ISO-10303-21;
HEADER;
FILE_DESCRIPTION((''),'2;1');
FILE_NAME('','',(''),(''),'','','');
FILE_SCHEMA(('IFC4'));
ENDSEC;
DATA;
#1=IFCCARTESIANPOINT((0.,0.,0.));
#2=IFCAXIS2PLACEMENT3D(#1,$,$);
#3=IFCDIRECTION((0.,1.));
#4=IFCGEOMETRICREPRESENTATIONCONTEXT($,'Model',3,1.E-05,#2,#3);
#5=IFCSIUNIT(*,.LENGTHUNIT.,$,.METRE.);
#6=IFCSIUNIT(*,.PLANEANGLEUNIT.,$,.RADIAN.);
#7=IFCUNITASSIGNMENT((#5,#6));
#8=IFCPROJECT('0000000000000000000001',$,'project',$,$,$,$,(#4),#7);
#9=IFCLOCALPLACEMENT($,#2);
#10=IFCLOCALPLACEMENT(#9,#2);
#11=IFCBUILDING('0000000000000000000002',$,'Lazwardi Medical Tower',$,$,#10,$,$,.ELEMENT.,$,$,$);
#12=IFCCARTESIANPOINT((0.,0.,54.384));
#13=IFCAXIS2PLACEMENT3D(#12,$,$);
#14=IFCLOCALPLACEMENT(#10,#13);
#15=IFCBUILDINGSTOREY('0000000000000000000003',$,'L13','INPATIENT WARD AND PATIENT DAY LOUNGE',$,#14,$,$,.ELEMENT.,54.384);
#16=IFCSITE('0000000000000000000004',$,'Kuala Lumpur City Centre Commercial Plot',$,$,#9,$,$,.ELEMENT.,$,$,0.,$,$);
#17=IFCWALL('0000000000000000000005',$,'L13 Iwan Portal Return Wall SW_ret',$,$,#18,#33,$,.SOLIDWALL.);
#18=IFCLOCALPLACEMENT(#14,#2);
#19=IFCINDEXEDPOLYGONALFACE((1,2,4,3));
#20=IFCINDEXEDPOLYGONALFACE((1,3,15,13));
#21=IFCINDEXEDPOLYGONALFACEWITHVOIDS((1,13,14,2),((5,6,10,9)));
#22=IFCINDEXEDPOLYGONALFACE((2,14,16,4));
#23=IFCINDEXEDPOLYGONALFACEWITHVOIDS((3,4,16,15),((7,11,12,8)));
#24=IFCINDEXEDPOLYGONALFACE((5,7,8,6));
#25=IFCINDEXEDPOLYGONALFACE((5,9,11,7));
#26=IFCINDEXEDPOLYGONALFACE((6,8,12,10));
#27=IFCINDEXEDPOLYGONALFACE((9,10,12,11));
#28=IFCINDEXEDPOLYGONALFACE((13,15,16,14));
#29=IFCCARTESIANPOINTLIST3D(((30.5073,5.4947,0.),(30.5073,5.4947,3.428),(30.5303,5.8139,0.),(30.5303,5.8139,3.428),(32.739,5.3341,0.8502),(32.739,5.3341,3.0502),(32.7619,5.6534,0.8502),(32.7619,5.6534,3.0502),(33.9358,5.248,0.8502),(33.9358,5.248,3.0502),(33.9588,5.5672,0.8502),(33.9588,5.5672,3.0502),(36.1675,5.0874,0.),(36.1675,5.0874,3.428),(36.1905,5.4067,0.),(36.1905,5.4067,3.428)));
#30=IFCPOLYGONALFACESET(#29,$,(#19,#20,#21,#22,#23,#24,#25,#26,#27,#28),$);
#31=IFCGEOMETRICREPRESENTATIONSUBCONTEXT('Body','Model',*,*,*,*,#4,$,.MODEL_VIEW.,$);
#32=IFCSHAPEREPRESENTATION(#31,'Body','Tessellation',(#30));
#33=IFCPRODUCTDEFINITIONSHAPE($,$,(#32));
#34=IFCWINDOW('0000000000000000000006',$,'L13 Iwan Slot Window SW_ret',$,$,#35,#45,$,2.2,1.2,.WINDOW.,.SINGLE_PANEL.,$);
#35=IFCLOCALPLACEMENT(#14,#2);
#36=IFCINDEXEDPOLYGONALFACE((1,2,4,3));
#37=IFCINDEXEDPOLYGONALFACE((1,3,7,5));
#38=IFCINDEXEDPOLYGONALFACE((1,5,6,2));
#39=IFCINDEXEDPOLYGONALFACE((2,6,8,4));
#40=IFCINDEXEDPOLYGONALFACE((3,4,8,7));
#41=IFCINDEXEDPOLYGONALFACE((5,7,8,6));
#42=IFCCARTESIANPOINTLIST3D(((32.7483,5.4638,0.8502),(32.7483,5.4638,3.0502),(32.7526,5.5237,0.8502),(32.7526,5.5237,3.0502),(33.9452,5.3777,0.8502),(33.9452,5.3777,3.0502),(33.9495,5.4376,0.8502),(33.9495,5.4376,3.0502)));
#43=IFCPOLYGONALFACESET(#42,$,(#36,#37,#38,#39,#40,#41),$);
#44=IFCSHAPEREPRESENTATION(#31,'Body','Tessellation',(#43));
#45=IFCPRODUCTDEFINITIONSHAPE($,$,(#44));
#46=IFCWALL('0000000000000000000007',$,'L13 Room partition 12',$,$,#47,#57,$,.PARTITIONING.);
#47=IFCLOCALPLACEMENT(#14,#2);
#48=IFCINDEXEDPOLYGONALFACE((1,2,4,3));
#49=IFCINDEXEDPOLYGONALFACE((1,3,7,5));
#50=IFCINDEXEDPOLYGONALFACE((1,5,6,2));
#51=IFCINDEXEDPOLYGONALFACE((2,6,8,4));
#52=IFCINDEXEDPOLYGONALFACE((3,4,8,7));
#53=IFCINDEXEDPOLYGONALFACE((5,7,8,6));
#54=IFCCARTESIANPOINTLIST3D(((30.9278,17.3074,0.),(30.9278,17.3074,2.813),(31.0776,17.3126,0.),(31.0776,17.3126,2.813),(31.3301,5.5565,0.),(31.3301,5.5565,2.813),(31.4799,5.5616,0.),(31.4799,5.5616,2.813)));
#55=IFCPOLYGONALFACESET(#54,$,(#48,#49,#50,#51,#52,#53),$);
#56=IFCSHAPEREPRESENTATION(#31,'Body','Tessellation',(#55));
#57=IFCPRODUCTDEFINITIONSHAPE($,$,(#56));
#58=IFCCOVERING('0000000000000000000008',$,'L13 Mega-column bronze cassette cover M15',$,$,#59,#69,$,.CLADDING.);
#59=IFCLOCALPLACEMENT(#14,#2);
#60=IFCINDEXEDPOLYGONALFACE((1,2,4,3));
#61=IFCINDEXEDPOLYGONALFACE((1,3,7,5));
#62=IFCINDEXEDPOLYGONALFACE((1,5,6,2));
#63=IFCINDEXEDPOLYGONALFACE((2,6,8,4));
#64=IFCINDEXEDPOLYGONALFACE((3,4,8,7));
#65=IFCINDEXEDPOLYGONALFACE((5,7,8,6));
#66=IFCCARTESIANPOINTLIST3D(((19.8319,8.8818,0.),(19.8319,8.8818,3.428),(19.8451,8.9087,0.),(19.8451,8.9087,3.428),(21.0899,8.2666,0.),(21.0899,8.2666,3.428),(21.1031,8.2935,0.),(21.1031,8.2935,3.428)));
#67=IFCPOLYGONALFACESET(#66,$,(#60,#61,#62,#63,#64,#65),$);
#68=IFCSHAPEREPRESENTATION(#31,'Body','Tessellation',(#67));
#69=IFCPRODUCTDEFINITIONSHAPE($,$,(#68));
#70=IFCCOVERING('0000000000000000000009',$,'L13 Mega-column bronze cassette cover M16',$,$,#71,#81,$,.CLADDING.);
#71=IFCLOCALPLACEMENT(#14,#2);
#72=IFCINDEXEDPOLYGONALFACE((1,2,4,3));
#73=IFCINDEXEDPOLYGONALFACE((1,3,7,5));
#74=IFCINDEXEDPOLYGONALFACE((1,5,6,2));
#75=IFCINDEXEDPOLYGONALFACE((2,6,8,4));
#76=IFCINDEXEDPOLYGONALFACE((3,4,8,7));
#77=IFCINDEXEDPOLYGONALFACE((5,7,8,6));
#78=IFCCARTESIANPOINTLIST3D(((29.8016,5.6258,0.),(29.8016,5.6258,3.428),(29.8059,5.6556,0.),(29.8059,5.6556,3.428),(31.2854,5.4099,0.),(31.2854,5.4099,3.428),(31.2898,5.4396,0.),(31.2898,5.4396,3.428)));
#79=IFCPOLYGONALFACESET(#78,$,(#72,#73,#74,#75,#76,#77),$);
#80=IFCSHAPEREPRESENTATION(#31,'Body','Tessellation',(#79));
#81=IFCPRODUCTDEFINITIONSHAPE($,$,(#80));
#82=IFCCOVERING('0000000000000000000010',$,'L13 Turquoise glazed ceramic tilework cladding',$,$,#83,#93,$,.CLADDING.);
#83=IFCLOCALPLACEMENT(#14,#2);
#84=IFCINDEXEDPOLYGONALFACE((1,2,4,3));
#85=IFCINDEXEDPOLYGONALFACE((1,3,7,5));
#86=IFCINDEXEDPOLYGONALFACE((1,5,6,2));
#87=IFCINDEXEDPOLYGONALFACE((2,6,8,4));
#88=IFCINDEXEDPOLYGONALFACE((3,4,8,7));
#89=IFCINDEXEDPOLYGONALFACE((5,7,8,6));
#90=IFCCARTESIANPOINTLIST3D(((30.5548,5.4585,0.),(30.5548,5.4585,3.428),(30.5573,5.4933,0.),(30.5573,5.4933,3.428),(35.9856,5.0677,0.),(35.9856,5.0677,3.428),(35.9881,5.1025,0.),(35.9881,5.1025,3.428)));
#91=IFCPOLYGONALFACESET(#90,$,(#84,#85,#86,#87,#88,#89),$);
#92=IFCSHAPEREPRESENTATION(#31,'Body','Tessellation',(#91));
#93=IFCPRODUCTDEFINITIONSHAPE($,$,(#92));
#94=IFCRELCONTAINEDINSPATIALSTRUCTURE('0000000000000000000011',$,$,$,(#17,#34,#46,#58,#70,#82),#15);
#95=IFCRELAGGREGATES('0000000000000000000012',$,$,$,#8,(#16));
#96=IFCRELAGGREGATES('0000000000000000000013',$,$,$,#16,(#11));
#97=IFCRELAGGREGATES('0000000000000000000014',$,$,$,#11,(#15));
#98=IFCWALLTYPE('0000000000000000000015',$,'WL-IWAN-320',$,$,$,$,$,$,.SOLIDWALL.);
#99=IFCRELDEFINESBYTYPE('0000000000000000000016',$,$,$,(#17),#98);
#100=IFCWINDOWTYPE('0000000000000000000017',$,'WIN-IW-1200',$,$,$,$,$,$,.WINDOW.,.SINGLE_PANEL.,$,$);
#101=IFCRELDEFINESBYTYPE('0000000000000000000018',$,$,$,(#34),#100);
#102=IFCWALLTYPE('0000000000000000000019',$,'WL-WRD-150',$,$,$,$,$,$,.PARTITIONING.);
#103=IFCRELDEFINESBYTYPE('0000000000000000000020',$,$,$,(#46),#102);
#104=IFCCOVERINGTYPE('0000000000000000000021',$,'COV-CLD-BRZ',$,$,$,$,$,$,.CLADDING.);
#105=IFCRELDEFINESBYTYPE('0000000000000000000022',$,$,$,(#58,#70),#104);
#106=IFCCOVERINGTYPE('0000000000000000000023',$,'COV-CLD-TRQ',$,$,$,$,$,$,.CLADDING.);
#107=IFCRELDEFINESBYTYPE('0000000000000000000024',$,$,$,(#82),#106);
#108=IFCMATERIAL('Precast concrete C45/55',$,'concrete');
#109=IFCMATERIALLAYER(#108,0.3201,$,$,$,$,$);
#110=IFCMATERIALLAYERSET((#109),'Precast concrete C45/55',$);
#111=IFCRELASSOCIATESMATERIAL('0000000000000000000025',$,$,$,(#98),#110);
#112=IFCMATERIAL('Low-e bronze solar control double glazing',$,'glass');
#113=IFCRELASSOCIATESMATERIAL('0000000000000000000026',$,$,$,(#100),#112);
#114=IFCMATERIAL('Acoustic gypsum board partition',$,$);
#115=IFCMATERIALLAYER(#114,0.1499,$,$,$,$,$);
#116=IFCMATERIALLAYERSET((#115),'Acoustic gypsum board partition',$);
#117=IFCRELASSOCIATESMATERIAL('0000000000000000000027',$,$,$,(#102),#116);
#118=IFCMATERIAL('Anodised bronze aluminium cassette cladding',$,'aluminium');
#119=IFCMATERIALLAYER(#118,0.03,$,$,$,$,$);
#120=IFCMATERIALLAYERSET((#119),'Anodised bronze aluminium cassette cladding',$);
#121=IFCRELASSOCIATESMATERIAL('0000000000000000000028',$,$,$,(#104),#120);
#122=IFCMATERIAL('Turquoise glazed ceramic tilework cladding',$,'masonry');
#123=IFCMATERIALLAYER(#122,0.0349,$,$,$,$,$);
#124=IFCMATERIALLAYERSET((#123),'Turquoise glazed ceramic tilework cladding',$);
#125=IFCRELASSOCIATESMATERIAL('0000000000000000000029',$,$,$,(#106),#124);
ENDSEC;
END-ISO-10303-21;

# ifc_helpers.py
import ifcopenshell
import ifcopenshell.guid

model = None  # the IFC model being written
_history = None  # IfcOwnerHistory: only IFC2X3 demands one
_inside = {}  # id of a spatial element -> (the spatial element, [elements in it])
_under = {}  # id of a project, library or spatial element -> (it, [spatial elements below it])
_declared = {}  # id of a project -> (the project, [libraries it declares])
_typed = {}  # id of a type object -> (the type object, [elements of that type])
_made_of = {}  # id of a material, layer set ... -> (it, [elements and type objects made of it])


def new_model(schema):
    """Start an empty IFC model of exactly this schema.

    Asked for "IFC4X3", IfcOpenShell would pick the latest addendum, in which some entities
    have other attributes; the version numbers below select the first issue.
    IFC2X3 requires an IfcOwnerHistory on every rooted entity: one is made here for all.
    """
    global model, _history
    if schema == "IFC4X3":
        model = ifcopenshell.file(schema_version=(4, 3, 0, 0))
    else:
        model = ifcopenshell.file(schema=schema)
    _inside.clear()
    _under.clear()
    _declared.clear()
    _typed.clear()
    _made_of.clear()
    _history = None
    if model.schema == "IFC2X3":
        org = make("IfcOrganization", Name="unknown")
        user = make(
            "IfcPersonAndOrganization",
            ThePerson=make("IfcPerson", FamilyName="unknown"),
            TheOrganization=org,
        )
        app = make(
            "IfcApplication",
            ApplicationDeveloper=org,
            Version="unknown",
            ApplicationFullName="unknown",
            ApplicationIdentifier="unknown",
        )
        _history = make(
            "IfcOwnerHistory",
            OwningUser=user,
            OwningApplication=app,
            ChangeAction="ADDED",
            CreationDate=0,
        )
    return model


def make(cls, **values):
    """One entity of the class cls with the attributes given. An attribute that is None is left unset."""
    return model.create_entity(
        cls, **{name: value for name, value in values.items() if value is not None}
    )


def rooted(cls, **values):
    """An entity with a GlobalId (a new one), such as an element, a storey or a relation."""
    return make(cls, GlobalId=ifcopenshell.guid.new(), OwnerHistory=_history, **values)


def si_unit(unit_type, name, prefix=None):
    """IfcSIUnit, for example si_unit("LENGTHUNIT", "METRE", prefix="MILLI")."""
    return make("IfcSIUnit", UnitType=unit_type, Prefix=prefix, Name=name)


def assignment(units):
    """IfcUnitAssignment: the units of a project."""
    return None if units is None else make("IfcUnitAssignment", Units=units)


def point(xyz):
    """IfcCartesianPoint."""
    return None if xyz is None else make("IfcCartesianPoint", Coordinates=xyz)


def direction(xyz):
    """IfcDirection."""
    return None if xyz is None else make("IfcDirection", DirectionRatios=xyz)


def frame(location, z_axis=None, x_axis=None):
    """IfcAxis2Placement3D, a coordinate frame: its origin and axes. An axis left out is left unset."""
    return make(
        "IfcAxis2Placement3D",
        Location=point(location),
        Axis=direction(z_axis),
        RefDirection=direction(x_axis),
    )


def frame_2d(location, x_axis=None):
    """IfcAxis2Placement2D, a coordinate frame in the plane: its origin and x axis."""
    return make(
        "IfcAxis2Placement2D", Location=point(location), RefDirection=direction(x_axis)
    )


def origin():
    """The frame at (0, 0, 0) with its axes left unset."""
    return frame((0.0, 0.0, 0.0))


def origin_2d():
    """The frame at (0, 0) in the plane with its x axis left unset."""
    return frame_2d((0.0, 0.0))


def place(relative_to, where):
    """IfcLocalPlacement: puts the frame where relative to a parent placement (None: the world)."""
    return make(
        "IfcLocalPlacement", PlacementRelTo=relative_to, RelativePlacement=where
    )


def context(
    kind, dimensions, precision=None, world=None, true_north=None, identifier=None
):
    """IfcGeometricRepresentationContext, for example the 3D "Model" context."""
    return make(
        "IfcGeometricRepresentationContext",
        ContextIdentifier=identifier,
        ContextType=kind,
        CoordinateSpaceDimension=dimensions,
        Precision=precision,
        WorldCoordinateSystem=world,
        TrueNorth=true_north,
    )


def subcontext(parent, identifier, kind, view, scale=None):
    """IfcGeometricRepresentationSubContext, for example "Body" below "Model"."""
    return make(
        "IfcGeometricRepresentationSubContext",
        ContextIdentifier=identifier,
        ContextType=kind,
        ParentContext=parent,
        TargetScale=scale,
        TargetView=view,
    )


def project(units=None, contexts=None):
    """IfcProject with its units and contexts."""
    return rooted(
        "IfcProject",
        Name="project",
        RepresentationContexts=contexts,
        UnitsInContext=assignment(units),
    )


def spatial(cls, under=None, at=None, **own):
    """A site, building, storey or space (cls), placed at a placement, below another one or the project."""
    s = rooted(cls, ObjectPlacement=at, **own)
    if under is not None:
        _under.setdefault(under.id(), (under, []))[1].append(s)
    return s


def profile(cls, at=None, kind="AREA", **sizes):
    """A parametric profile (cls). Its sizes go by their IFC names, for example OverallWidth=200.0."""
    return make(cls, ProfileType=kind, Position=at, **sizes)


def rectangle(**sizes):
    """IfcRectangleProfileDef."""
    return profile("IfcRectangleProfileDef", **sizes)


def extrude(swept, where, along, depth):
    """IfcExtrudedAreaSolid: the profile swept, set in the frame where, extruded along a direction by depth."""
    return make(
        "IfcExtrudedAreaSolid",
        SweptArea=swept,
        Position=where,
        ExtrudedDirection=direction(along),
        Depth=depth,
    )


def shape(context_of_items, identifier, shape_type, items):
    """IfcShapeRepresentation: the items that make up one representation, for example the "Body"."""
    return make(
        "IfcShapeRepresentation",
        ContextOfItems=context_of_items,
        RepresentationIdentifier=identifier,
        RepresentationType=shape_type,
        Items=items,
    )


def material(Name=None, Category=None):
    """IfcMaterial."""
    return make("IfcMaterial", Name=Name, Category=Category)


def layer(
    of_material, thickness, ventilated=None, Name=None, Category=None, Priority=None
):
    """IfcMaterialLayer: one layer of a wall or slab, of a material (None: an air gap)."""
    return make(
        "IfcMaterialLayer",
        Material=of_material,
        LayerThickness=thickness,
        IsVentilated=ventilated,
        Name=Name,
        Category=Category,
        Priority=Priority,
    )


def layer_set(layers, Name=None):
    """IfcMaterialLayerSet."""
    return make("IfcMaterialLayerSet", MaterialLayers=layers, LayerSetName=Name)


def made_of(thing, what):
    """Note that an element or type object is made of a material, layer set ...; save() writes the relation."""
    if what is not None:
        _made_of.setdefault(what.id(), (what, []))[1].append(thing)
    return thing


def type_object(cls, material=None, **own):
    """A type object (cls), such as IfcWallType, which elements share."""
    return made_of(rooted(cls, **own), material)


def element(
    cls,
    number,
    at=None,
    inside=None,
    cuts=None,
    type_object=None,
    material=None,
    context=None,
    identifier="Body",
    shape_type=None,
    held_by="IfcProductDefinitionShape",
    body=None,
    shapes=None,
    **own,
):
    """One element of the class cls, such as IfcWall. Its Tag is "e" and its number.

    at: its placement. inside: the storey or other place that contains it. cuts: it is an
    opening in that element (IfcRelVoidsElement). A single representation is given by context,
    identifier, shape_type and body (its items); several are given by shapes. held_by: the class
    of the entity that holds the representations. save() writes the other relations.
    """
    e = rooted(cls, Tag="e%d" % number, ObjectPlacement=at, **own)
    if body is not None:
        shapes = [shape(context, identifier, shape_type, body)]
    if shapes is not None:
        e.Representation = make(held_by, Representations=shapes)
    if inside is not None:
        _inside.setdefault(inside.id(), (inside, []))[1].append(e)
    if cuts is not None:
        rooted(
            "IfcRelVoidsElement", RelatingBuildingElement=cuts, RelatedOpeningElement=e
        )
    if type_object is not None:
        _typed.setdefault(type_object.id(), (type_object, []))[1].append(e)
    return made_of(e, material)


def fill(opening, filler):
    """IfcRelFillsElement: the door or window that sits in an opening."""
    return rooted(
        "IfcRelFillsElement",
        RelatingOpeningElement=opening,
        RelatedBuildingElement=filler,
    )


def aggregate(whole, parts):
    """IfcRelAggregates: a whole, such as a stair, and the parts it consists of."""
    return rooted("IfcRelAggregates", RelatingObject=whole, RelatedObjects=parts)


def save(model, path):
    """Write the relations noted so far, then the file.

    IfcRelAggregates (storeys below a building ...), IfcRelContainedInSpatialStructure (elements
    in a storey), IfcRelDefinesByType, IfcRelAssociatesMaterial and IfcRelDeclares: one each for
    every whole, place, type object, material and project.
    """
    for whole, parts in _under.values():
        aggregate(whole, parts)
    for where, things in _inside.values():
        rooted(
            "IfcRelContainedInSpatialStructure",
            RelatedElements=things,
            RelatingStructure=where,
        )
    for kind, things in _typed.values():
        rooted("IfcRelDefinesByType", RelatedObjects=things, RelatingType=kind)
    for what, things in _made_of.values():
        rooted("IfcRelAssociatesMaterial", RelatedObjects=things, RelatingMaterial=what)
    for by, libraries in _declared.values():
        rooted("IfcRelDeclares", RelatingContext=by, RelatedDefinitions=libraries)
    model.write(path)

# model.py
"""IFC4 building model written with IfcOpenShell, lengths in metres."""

from ifc_helpers import new_model, si_unit, direction, frame, frame_2d, origin, origin_2d, place, context, subcontext, project, spatial, rectangle, extrude, material, layer, layer_set, type_object, element, fill, save


model = new_model("IFC4")

# Units and contexts
model_context = context("Model", 3, precision=1e-05, world=origin(), true_north=direction((0.0, 1.0)))
body_context = subcontext(model_context, "Body", "Model", "MODEL_VIEW")
ifc_project = project(units=[si_unit("LENGTHUNIT", "METRE"), si_unit("PLANEANGLEUNIT", "RADIAN")], contexts=[model_context])

# Site, building, storey
site_placement = place(None, origin())
site = spatial("IfcSite", under=ifc_project, at=site_placement, Name="Kuala Lumpur City Centre Commercial Plot", CompositionType="ELEMENT", RefElevation=0.0)
building_placement = place(site_placement, origin())
building = spatial("IfcBuilding", under=site, at=building_placement, Name="Lazwardi Medical Tower", CompositionType="ELEMENT")
storey_placement = place(building_placement, frame((0.0, 0.0, 54.384)))
storey = spatial("IfcBuildingStorey", under=building, at=storey_placement, Name="L13", Description="INPATIENT WARD AND PATIENT DAY LOUNGE", CompositionType="ELEMENT", Elevation=54.384)

# Shared definitions
ifc_material_1 = material(Name="Low-e bronze solar control double glazing", Category="glass")

# Wall, opening, window
ifc_material_2 = material(Name="Precast concrete C45/55", Category="concrete")
ifc_layer_1 = layer(ifc_material_2, 0.3201)
ifc_layer_set_1 = layer_set([ifc_layer_1], Name="Precast concrete C45/55")
wall_type_1 = type_object("IfcWallType", Name="WL-IWAN-320", PredefinedType="SOLIDWALL", material=ifc_layer_set_1)
wall_1_placement = place(storey_placement, frame((30.5188, 5.6543, 0.0), z_axis=(0.0, 0.0, 1.0), x_axis=(0.997422, -0.071761, 0.0)))
wall_1 = element("IfcWall", 1, at=wall_1_placement, inside=storey, type_object=wall_type_1, Name="L13 Iwan Portal Return Wall SW_ret", PredefinedType="SOLIDWALL", context=body_context, shape_type="SweptSolid", body=[
    extrude(rectangle(XDim=5.6748, YDim=0.3201, at=frame_2d((2.8374, 0.0))), origin(), (0.0, 0.0, 1.0), 3.428),
])
opening_placement = place(wall_1_placement, frame((2.2373, 0.0, 0.8501)))
opening = element("IfcOpeningElement", 2, at=opening_placement, cuts=wall_1, PredefinedType="OPENING", context=body_context, shape_type="SweptSolid", body=[
    extrude(rectangle(XDim=1.2, YDim=2.2, at=frame_2d((0.6001, 1.1001))), frame((0.0, 0.1699, 0.0), z_axis=(0.0, -1.0, 0.0), x_axis=(1.0, 0.0, 0.0)), (0.0, 0.0, 1.0), 0.3401),
])
window_type = type_object("IfcWindowType", Name="WIN-IW-1200", PartitioningType="SINGLE_PANEL", PredefinedType="WINDOW", material=ifc_material_1)
window_placement = place(opening_placement, origin())
window = element("IfcWindow", 3, at=window_placement, inside=storey, type_object=window_type, Name="L13 Iwan Slot Window SW_ret", OverallHeight=2.2, OverallWidth=1.2, PartitioningType="SINGLE_PANEL", PredefinedType="WINDOW", context=body_context, shape_type="SweptSolid", body=[
    extrude(rectangle(XDim=1.2, YDim=2.2, at=frame_2d((0.6001, 1.1001))), frame((0.0, 0.03, 0.0), z_axis=(0.0, -1.0, 0.0), x_axis=(1.0, 0.0, 0.0)), (0.0, 0.0, 1.0), 0.0601),
])
fill(opening, window)

# Wall
ifc_material_3 = material(Name="Acoustic gypsum board partition")
ifc_layer_2 = layer(ifc_material_3, 0.1499)
ifc_layer_set_2 = layer_set([ifc_layer_2], Name="Acoustic gypsum board partition")
wall_type_2 = type_object("IfcWallType", Name="WL-WRD-150", PredefinedType="PARTITIONING", material=ifc_layer_set_2)
wall_2_placement = place(storey_placement, frame((31.405, 5.5591, 0.0), z_axis=(0.0, 0.0, 1.0), x_axis=(-0.034219, 0.999414, 0.0)))
element("IfcWall", 4, at=wall_2_placement, inside=storey, type_object=wall_type_2, Name="L13 Room partition 12", PredefinedType="PARTITIONING", context=body_context, shape_type="SweptSolid", body=[
    extrude(rectangle(XDim=11.7578, YDim=0.1499, at=frame_2d((5.8789, 0.0))), origin(), (0.0, 0.0, 1.0), 2.813),
])

# Coverings
ifc_material_4 = material(Name="Anodised bronze aluminium cassette cladding", Category="aluminium")
ifc_layer_3 = layer(ifc_material_4, 0.03)
ifc_layer_set_3 = layer_set([ifc_layer_3], Name="Anodised bronze aluminium cassette cladding")
covering_type_1 = type_object("IfcCoveringType", Name="COV-CLD-BRZ", PredefinedType="CLADDING", material=ifc_layer_set_3)
covering_1_placement = place(storey_placement, frame((20.4675, 8.5876, 0.0), z_axis=(0.0, 0.0, 1.0), x_axis=(0.898334, -0.439312, 0.0)))
element("IfcCovering", 5, at=covering_1_placement, inside=storey, type_object=covering_type_1, Name="L13 Mega-column bronze cassette cover M15", PredefinedType="CLADDING", context=body_context, shape_type="SweptSolid", body=[
    extrude(rectangle(XDim=1.4004, YDim=0.03, at=origin_2d()), origin(), (0.0, 0.0, 1.0), 3.428),
])
covering_2_placement = place(storey_placement, frame((30.5457, 5.5327, 0.0), z_axis=(0.0, 0.0, 1.0), x_axis=(0.989573, -0.144035, 0.0)))
element("IfcCovering", 6, at=covering_2_placement, inside=storey, type_object=covering_type_1, Name="L13 Mega-column bronze cassette cover M16", PredefinedType="CLADDING", context=body_context, shape_type="SweptSolid", body=[
    extrude(rectangle(XDim=1.4995, YDim=0.03, at=origin_2d()), origin(), (0.0, 0.0, 1.0), 3.428),
])
ifc_material_5 = material(Name="Turquoise glazed ceramic tilework cladding", Category="masonry")
ifc_layer_4 = layer(ifc_material_5, 0.0349)
ifc_layer_set_4 = layer_set([ifc_layer_4], Name="Turquoise glazed ceramic tilework cladding")
covering_type_2 = type_object("IfcCoveringType", Name="COV-CLD-TRQ", PredefinedType="CLADDING", material=ifc_layer_set_4)
covering_3_placement = place(storey_placement, frame((33.2715, 5.2805, 0.0), z_axis=(0.0, 0.0, 1.0), x_axis=(0.997421, -0.071774, 0.0)))
element("IfcCovering", 7, at=covering_3_placement, inside=storey, type_object=covering_type_2, Name="L13 Turquoise glazed ceramic tilework cladding", PredefinedType="CLADDING", context=body_context, shape_type="SweptSolid", body=[
    extrude(rectangle(XDim=5.4448, YDim=0.0349, at=origin_2d()), origin(), (0.0, 0.0, 1.0), 3.428),
])

save(model, "model.ifc")
